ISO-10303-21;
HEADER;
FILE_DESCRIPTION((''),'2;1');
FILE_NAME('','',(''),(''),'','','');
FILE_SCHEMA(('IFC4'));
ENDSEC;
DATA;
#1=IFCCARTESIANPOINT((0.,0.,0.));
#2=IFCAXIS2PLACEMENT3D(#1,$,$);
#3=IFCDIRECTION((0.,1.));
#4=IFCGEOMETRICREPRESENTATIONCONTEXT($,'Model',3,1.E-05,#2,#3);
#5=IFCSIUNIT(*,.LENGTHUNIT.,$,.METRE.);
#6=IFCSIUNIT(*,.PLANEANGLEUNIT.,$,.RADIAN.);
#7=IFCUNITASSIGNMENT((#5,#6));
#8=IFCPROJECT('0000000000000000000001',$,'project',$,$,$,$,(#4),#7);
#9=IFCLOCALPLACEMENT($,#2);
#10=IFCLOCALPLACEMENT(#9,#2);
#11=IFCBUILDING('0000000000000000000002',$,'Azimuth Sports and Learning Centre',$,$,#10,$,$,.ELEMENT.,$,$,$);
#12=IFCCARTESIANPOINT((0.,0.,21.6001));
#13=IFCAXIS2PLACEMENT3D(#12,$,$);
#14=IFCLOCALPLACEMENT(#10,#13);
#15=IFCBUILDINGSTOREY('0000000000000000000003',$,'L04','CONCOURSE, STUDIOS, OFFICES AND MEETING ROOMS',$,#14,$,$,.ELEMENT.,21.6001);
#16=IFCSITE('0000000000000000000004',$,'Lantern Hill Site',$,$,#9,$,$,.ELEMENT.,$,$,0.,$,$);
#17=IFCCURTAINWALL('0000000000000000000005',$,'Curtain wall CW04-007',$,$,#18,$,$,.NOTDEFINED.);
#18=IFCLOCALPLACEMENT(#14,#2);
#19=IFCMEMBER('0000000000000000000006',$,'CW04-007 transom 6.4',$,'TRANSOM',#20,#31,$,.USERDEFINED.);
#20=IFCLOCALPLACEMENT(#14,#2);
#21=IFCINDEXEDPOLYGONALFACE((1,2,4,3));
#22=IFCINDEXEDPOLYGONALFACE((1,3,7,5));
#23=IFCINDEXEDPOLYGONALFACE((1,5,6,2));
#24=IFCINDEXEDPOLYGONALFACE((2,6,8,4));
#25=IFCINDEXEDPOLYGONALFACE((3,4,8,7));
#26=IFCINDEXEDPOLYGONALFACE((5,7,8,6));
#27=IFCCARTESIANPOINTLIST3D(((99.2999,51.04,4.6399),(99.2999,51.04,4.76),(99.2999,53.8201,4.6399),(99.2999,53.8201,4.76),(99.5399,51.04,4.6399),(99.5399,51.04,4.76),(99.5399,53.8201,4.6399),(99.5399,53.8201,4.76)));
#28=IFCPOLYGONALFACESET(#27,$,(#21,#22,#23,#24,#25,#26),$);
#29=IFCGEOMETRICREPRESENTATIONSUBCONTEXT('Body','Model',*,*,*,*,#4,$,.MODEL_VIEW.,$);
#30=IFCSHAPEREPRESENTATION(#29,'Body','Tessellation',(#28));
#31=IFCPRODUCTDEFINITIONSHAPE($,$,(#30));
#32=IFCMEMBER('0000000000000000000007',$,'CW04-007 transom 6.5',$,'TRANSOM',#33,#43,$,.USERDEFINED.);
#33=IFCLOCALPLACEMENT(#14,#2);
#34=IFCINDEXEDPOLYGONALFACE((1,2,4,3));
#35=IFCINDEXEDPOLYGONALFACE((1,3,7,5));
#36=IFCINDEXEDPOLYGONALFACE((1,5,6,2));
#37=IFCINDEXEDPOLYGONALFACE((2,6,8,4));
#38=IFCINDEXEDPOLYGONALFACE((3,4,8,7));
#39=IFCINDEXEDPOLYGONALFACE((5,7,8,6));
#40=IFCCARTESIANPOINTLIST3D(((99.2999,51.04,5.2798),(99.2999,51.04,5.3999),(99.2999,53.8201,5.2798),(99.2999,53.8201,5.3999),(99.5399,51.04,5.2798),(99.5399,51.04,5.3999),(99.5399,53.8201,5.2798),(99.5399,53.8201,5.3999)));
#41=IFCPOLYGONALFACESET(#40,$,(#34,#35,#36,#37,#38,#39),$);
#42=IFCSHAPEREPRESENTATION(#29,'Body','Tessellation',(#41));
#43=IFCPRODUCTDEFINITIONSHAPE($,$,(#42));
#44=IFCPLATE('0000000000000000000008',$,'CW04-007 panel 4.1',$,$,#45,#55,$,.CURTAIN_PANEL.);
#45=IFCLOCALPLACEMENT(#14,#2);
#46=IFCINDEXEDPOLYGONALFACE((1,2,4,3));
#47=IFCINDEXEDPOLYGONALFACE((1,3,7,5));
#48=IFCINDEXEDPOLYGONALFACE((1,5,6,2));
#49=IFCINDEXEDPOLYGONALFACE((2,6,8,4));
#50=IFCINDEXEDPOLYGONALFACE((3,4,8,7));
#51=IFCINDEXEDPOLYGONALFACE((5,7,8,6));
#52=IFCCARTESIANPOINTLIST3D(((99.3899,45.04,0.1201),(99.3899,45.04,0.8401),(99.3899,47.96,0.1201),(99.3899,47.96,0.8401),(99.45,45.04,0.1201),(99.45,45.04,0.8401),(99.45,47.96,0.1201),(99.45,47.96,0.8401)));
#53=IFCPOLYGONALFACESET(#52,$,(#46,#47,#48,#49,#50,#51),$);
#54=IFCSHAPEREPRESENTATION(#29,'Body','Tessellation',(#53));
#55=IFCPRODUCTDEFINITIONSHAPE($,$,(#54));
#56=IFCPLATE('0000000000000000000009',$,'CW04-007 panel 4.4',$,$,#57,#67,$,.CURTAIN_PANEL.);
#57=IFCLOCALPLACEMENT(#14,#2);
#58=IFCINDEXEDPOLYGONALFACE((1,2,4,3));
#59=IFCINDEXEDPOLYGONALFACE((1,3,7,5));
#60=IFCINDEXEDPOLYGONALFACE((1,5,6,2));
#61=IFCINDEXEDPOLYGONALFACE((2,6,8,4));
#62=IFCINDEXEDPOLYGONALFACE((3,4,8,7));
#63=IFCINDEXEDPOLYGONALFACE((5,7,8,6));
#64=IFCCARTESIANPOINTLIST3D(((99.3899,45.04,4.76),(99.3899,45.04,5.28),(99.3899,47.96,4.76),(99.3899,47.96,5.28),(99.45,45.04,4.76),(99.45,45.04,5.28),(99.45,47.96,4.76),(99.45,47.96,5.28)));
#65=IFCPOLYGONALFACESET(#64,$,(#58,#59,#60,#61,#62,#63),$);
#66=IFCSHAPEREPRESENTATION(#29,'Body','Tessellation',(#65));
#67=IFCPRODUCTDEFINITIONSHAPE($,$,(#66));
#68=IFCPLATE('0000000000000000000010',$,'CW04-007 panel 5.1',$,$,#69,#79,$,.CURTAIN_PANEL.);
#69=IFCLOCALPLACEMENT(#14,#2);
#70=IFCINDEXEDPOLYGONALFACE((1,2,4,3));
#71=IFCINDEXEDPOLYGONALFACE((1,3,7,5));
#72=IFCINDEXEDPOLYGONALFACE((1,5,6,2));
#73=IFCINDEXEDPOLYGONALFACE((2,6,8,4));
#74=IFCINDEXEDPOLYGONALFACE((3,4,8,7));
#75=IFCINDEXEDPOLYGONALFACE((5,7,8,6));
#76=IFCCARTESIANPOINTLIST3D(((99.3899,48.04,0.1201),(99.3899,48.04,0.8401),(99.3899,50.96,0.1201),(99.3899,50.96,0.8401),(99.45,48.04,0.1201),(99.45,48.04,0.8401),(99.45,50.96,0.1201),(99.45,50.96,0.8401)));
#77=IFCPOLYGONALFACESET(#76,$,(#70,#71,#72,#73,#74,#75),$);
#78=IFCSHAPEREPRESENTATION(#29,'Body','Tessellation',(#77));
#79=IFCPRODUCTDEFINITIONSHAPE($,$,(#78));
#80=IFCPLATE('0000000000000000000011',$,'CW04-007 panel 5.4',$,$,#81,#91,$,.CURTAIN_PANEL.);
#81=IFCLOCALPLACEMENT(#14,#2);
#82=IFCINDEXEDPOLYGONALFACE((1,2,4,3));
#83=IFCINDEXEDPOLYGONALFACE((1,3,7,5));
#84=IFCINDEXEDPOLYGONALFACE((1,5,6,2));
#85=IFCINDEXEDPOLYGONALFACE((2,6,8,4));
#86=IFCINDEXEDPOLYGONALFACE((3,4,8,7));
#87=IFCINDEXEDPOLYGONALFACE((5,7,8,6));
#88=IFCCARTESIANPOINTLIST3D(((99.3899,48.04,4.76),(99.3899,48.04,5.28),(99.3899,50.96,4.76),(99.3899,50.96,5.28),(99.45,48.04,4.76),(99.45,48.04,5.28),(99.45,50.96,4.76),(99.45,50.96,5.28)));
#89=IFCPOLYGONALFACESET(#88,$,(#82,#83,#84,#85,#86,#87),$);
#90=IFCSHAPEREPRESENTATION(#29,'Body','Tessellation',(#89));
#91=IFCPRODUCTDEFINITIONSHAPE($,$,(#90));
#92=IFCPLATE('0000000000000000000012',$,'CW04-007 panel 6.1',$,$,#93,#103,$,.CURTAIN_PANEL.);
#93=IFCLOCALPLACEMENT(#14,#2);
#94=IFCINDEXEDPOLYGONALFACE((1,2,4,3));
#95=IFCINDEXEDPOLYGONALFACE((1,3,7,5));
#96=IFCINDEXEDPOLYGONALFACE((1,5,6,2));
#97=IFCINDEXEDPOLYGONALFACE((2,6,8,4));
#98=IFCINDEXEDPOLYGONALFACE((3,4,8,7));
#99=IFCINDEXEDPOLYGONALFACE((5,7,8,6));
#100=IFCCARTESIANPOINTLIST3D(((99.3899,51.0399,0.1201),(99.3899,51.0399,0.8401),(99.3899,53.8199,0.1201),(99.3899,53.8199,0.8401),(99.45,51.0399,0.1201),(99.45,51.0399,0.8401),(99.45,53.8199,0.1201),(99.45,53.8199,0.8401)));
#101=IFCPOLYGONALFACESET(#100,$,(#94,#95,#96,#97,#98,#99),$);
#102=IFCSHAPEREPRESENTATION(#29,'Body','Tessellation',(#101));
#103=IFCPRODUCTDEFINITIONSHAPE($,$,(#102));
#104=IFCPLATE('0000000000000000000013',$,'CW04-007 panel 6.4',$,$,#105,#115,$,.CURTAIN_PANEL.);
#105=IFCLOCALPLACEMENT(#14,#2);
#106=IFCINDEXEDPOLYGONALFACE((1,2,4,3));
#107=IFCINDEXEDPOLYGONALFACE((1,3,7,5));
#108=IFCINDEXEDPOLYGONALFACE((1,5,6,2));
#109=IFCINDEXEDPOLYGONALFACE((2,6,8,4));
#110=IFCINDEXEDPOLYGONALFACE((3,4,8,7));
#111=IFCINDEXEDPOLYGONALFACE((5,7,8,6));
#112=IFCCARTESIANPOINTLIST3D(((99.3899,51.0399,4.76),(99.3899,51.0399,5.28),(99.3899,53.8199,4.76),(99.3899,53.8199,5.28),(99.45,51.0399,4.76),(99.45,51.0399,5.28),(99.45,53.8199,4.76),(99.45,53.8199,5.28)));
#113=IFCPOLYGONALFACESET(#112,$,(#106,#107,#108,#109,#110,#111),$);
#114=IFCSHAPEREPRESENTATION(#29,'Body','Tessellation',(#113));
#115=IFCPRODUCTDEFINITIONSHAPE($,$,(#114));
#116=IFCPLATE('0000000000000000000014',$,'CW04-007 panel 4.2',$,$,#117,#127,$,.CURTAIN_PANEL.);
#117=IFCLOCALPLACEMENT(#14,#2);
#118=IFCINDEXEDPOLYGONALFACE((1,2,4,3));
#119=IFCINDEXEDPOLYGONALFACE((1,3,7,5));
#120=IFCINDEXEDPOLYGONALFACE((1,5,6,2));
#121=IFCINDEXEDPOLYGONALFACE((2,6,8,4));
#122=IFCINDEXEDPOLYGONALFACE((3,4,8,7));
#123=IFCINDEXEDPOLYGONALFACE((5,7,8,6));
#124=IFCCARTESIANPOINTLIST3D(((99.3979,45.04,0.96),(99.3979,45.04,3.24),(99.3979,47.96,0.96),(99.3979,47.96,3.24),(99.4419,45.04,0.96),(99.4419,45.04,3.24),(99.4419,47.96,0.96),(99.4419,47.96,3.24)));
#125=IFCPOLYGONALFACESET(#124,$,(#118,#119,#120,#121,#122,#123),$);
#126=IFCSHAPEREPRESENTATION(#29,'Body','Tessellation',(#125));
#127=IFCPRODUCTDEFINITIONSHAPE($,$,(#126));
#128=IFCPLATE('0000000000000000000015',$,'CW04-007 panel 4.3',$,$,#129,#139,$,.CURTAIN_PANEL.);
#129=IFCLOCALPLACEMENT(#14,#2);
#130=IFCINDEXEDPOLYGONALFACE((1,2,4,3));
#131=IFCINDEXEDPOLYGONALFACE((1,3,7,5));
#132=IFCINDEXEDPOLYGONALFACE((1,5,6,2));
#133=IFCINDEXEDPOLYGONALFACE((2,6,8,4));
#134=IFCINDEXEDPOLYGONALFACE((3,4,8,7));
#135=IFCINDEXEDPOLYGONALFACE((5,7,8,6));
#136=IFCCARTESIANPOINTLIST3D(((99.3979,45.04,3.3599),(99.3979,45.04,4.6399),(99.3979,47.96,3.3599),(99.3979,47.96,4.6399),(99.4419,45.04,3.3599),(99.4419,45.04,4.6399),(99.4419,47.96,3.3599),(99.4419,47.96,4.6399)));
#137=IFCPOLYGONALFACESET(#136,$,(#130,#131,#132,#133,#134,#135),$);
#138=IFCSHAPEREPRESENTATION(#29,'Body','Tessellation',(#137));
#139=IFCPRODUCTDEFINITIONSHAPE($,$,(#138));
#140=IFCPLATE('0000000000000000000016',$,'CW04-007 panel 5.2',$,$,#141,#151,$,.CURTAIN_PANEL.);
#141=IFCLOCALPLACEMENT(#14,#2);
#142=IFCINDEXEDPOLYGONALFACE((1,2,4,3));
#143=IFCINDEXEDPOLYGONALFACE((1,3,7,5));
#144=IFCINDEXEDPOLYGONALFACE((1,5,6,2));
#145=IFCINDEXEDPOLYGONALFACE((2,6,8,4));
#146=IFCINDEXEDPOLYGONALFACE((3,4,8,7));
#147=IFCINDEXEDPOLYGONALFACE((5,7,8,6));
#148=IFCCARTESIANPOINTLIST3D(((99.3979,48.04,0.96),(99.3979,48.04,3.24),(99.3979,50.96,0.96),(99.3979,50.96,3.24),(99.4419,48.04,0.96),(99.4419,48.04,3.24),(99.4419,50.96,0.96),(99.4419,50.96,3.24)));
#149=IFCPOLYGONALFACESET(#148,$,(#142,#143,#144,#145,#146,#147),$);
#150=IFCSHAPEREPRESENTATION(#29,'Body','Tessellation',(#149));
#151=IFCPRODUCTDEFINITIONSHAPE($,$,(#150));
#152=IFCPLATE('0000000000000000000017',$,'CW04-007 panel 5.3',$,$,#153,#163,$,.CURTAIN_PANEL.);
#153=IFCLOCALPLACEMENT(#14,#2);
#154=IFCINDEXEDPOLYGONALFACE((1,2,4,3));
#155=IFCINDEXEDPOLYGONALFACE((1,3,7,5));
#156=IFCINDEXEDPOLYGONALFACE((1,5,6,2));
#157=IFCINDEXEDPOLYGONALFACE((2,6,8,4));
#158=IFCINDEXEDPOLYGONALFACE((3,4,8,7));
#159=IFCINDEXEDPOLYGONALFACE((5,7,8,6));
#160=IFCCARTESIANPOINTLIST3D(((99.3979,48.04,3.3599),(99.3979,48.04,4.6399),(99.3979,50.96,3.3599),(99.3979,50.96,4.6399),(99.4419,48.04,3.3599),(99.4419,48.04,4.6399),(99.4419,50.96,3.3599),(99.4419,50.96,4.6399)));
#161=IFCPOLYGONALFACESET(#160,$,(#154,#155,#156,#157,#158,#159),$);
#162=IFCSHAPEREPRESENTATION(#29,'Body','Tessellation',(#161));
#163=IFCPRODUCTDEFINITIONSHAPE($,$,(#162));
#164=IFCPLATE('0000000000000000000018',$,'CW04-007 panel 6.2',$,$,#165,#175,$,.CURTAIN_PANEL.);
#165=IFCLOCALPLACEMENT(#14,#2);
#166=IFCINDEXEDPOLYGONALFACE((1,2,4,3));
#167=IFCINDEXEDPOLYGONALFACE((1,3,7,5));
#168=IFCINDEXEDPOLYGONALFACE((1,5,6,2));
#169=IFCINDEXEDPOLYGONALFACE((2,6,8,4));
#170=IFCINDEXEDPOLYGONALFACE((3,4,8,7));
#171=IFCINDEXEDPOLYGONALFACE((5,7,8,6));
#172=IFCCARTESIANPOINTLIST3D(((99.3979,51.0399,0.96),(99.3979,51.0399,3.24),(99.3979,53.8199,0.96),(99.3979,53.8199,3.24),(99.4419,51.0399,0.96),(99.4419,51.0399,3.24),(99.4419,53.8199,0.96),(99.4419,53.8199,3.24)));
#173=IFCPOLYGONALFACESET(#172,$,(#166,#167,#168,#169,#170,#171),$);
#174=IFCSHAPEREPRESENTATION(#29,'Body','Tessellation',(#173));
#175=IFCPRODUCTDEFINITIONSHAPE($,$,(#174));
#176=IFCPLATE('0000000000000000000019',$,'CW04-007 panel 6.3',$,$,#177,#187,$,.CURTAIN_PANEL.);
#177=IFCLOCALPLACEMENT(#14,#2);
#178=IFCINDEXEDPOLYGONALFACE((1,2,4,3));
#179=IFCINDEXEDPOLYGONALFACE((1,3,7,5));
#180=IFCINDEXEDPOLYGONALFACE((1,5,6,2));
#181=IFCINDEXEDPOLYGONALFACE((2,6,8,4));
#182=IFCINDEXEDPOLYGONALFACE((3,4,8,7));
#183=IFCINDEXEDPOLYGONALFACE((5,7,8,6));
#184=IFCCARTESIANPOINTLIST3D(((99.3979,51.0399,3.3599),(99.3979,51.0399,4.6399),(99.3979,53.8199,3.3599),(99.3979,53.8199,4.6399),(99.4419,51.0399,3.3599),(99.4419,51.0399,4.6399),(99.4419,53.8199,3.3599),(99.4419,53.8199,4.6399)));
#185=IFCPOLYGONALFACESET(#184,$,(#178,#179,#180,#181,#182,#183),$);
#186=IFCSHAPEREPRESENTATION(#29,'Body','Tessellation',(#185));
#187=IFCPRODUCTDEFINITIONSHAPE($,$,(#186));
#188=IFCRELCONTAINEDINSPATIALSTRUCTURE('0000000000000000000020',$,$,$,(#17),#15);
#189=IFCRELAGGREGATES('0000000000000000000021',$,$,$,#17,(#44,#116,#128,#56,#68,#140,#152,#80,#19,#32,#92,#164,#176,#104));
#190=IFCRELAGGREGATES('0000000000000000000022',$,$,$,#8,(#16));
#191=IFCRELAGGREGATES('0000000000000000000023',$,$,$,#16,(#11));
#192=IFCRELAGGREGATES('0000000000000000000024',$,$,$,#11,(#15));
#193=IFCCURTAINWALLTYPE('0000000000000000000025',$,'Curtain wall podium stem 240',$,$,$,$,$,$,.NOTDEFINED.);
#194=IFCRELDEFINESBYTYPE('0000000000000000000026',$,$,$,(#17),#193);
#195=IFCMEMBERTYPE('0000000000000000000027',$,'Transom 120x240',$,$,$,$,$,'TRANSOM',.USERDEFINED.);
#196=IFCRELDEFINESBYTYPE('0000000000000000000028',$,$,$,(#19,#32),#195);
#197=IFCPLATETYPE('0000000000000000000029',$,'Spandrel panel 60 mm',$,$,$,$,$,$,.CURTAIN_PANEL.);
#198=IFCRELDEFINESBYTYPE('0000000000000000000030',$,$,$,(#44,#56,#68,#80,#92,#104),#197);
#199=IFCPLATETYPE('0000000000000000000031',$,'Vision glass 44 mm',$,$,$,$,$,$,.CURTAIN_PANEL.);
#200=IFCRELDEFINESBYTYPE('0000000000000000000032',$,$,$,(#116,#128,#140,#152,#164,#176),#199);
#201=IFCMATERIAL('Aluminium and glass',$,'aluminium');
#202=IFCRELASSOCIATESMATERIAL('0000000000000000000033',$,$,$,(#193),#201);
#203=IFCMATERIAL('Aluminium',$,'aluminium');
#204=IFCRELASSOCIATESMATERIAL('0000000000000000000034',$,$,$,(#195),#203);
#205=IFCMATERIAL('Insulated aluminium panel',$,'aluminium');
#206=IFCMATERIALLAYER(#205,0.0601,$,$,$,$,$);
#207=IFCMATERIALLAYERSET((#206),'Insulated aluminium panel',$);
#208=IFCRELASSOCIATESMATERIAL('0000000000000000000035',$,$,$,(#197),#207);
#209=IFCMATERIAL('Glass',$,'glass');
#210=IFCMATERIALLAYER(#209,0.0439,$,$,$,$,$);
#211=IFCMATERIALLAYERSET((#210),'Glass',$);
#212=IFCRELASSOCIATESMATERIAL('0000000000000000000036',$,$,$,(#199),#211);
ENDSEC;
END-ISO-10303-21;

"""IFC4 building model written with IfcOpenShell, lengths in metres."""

from ifc_helpers import new_model, si_unit, direction, frame, origin, origin_2d, place, context, subcontext, project, spatial, rectangle, extrude, material, layer, layer_set, material_profile, profile_set, type_object, element, aggregate, save


model = new_model("IFC4")

# Units and contexts
model_context = context("Model", 3, precision=1e-05, world=origin(), true_north=direction((0.0, 1.0)))
body_context = subcontext(model_context, "Body", "Model", "MODEL_VIEW")
ifc_project = project(units=[si_unit("LENGTHUNIT", "METRE"), si_unit("PLANEANGLEUNIT", "RADIAN")], contexts=[model_context])

# Site, building, storey
site_placement = place(None, origin())
site = spatial("IfcSite", under=ifc_project, at=site_placement, Name="Lantern Hill Site", CompositionType="ELEMENT", RefElevation=0.0)
building_placement = place(site_placement, origin())
building = spatial("IfcBuilding", under=site, at=building_placement, Name="Azimuth Sports and Learning Centre", CompositionType="ELEMENT")
storey_placement = place(building_placement, frame((0.0, 0.0, 21.6001)))
storey = spatial("IfcBuildingStorey", under=building, at=storey_placement, Name="L04", Description="CONCOURSE, STUDIOS, OFFICES AND MEETING ROOMS", CompositionType="ELEMENT", Elevation=21.6001)

# Curtain wall, members, plates
ifc_material_1 = material(Name="Aluminium and glass", Category="aluminium")
curtain_wall_type = type_object("IfcCurtainWallType", Name="Curtain wall podium stem 240", PredefinedType="NOTDEFINED", material=ifc_material_1)
curtain_wall_placement = place(storey_placement, origin())
curtain_wall = element("IfcCurtainWall", 1, at=curtain_wall_placement, inside=storey, type_object=curtain_wall_type, Name="Curtain wall CW04-007", PredefinedType="NOTDEFINED")
ifc_material_2 = material(Name="Aluminium", Category="aluminium")
ifc_material_profile_1 = material_profile(ifc_material_2, rectangle(XDim=0.24, YDim=0.1201, at=origin_2d()), Name="Transom 120x240")
ifc_profile_set_1 = profile_set([ifc_material_profile_1], Name="Aluminium")
member_type_1 = type_object("IfcMemberType", Name="Transom 120x240", ElementType="TRANSOM", PredefinedType="USERDEFINED", material=ifc_profile_set_1)
member_1_placement = place(storey_placement, frame((99.4199, 51.04, 4.7), z_axis=(0.0, 1.0, 0.0), x_axis=(-1.0, 0.0, 0.0)))
member_1 = element("IfcMember", 2, at=member_1_placement, type_object=member_type_1, Name="CW04-007 transom 6.4", ObjectType="TRANSOM", PredefinedType="USERDEFINED", context=body_context, shape_type="SweptSolid", body=[
    extrude(rectangle(XDim=0.24, YDim=0.1201, at=origin_2d()), origin(), (0.0, 0.0, 1.0), 2.78),
])
member_2_placement = place(storey_placement, frame((99.4199, 51.04, 5.3398), z_axis=(0.0, 1.0, 0.0), x_axis=(-1.0, 0.0, 0.0)))
member_2 = element("IfcMember", 3, at=member_2_placement, type_object=member_type_1, Name="CW04-007 transom 6.5", ObjectType="TRANSOM", PredefinedType="USERDEFINED", context=body_context, shape_type="SweptSolid", body=[
    extrude(rectangle(XDim=0.24, YDim=0.1201, at=origin_2d()), origin(), (0.0, 0.0, 1.0), 2.78),
])
ifc_material_3 = material(Name="Insulated aluminium panel", Category="aluminium")
ifc_layer_1 = layer(ifc_material_3, 0.0601)
ifc_layer_set_1 = layer_set([ifc_layer_1], Name="Insulated aluminium panel")
plate_type_1 = type_object("IfcPlateType", Name="Spandrel panel 60 mm", PredefinedType="CURTAIN_PANEL", material=ifc_layer_set_1)
plate_1_placement = place(storey_placement, frame((99.4199, 46.5, 0.1201), z_axis=(0.0, 0.0, 1.0), x_axis=(0.0, 1.0, 0.0)))
plate_1 = element("IfcPlate", 4, at=plate_1_placement, type_object=plate_type_1, Name="CW04-007 panel 4.1", PredefinedType="CURTAIN_PANEL", context=body_context, shape_type="SweptSolid", body=[
    extrude(rectangle(XDim=2.9199, YDim=0.0601, at=origin_2d()), origin(), (0.0, 0.0, 1.0), 0.72),
])
plate_2_placement = place(storey_placement, frame((99.4199, 46.5, 4.76), z_axis=(0.0, 0.0, 1.0), x_axis=(0.0, 1.0, 0.0)))
plate_2 = element("IfcPlate", 5, at=plate_2_placement, type_object=plate_type_1, Name="CW04-007 panel 4.4", PredefinedType="CURTAIN_PANEL", context=body_context, shape_type="SweptSolid", body=[
    extrude(rectangle(XDim=2.9199, YDim=0.0601, at=origin_2d()), origin(), (0.0, 0.0, 1.0), 0.52),
])
plate_3_placement = place(storey_placement, frame((99.4199, 49.5, 0.1201), z_axis=(0.0, 0.0, 1.0), x_axis=(0.0, 1.0, 0.0)))
plate_3 = element("IfcPlate", 6, at=plate_3_placement, type_object=plate_type_1, Name="CW04-007 panel 5.1", PredefinedType="CURTAIN_PANEL", context=body_context, shape_type="SweptSolid", body=[
    extrude(rectangle(XDim=2.9199, YDim=0.0601, at=origin_2d()), origin(), (0.0, 0.0, 1.0), 0.72),
])
plate_4_placement = place(storey_placement, frame((99.4199, 49.5, 4.76), z_axis=(0.0, 0.0, 1.0), x_axis=(0.0, 1.0, 0.0)))
plate_4 = element("IfcPlate", 7, at=plate_4_placement, type_object=plate_type_1, Name="CW04-007 panel 5.4", PredefinedType="CURTAIN_PANEL", context=body_context, shape_type="SweptSolid", body=[
    extrude(rectangle(XDim=2.9199, YDim=0.0601, at=origin_2d()), origin(), (0.0, 0.0, 1.0), 0.52),
])
plate_5_placement = place(storey_placement, frame((99.4199, 52.4299, 0.1201), z_axis=(0.0, 0.0, 1.0), x_axis=(0.0, 1.0, 0.0)))
plate_5 = element("IfcPlate", 8, at=plate_5_placement, type_object=plate_type_1, Name="CW04-007 panel 6.1", PredefinedType="CURTAIN_PANEL", context=body_context, shape_type="SweptSolid", body=[
    extrude(rectangle(XDim=2.78, YDim=0.0601, at=origin_2d()), origin(), (0.0, 0.0, 1.0), 0.72),
])
plate_6_placement = place(storey_placement, frame((99.4199, 52.4299, 4.76), z_axis=(0.0, 0.0, 1.0), x_axis=(0.0, 1.0, 0.0)))
plate_6 = element("IfcPlate", 9, at=plate_6_placement, type_object=plate_type_1, Name="CW04-007 panel 6.4", PredefinedType="CURTAIN_PANEL", context=body_context, shape_type="SweptSolid", body=[
    extrude(rectangle(XDim=2.78, YDim=0.0601, at=origin_2d()), origin(), (0.0, 0.0, 1.0), 0.52),
])
ifc_material_4 = material(Name="Glass", Category="glass")
ifc_layer_2 = layer(ifc_material_4, 0.0439)
ifc_layer_set_2 = layer_set([ifc_layer_2], Name="Glass")
plate_type_2 = type_object("IfcPlateType", Name="Vision glass 44 mm", PredefinedType="CURTAIN_PANEL", material=ifc_layer_set_2)
plate_7_placement = place(storey_placement, frame((99.4199, 46.5, 0.96), z_axis=(0.0, 0.0, 1.0), x_axis=(0.0, 1.0, 0.0)))
plate_7 = element("IfcPlate", 10, at=plate_7_placement, type_object=plate_type_2, Name="CW04-007 panel 4.2", PredefinedType="CURTAIN_PANEL", context=body_context, shape_type="SweptSolid", body=[
    extrude(rectangle(XDim=2.9199, YDim=0.0439, at=origin_2d()), origin(), (0.0, 0.0, 1.0), 2.28),
])
plate_8_placement = place(storey_placement, frame((99.4199, 46.5, 3.3599), z_axis=(0.0, 0.0, 1.0), x_axis=(0.0, 1.0, 0.0)))
plate_8 = element("IfcPlate", 11, at=plate_8_placement, type_object=plate_type_2, Name="CW04-007 panel 4.3", PredefinedType="CURTAIN_PANEL", context=body_context, shape_type="SweptSolid", body=[
    extrude(rectangle(XDim=2.9199, YDim=0.0439, at=origin_2d()), origin(), (0.0, 0.0, 1.0), 1.28),
])
plate_9_placement = place(storey_placement, frame((99.4199, 49.5, 0.96), z_axis=(0.0, 0.0, 1.0), x_axis=(0.0, 1.0, 0.0)))
plate_9 = element("IfcPlate", 12, at=plate_9_placement, type_object=plate_type_2, Name="CW04-007 panel 5.2", PredefinedType="CURTAIN_PANEL", context=body_context, shape_type="SweptSolid", body=[
    extrude(rectangle(XDim=2.9199, YDim=0.0439, at=origin_2d()), origin(), (0.0, 0.0, 1.0), 2.28),
])
plate_10_placement = place(storey_placement, frame((99.4199, 49.5, 3.3599), z_axis=(0.0, 0.0, 1.0), x_axis=(0.0, 1.0, 0.0)))
plate_10 = element("IfcPlate", 13, at=plate_10_placement, type_object=plate_type_2, Name="CW04-007 panel 5.3", PredefinedType="CURTAIN_PANEL", context=body_context, shape_type="SweptSolid", body=[
    extrude(rectangle(XDim=2.9199, YDim=0.0439, at=origin_2d()), origin(), (0.0, 0.0, 1.0), 1.28),
])
plate_11_placement = place(storey_placement, frame((99.4199, 52.4299, 0.96), z_axis=(0.0, 0.0, 1.0), x_axis=(0.0, 1.0, 0.0)))
plate_11 = element("IfcPlate", 14, at=plate_11_placement, type_object=plate_type_2, Name="CW04-007 panel 6.2", PredefinedType="CURTAIN_PANEL", context=body_context, shape_type="SweptSolid", body=[
    extrude(rectangle(XDim=2.78, YDim=0.0439, at=origin_2d()), origin(), (0.0, 0.0, 1.0), 2.28),
])
plate_12_placement = place(storey_placement, frame((99.4199, 52.4299, 3.3599), z_axis=(0.0, 0.0, 1.0), x_axis=(0.0, 1.0, 0.0)))
plate_12 = element("IfcPlate", 15, at=plate_12_placement, type_object=plate_type_2, Name="CW04-007 panel 6.3", PredefinedType="CURTAIN_PANEL", context=body_context, shape_type="SweptSolid", body=[
    extrude(rectangle(XDim=2.78, YDim=0.0439, at=origin_2d()), origin(), (0.0, 0.0, 1.0), 1.28),
])
aggregate(curtain_wall, [plate_1, plate_7, plate_8, plate_2, plate_3, plate_9, plate_10, plate_4, member_1, member_2, plate_5, plate_11, plate_12, plate_6])

save(model, "model.ifc")
